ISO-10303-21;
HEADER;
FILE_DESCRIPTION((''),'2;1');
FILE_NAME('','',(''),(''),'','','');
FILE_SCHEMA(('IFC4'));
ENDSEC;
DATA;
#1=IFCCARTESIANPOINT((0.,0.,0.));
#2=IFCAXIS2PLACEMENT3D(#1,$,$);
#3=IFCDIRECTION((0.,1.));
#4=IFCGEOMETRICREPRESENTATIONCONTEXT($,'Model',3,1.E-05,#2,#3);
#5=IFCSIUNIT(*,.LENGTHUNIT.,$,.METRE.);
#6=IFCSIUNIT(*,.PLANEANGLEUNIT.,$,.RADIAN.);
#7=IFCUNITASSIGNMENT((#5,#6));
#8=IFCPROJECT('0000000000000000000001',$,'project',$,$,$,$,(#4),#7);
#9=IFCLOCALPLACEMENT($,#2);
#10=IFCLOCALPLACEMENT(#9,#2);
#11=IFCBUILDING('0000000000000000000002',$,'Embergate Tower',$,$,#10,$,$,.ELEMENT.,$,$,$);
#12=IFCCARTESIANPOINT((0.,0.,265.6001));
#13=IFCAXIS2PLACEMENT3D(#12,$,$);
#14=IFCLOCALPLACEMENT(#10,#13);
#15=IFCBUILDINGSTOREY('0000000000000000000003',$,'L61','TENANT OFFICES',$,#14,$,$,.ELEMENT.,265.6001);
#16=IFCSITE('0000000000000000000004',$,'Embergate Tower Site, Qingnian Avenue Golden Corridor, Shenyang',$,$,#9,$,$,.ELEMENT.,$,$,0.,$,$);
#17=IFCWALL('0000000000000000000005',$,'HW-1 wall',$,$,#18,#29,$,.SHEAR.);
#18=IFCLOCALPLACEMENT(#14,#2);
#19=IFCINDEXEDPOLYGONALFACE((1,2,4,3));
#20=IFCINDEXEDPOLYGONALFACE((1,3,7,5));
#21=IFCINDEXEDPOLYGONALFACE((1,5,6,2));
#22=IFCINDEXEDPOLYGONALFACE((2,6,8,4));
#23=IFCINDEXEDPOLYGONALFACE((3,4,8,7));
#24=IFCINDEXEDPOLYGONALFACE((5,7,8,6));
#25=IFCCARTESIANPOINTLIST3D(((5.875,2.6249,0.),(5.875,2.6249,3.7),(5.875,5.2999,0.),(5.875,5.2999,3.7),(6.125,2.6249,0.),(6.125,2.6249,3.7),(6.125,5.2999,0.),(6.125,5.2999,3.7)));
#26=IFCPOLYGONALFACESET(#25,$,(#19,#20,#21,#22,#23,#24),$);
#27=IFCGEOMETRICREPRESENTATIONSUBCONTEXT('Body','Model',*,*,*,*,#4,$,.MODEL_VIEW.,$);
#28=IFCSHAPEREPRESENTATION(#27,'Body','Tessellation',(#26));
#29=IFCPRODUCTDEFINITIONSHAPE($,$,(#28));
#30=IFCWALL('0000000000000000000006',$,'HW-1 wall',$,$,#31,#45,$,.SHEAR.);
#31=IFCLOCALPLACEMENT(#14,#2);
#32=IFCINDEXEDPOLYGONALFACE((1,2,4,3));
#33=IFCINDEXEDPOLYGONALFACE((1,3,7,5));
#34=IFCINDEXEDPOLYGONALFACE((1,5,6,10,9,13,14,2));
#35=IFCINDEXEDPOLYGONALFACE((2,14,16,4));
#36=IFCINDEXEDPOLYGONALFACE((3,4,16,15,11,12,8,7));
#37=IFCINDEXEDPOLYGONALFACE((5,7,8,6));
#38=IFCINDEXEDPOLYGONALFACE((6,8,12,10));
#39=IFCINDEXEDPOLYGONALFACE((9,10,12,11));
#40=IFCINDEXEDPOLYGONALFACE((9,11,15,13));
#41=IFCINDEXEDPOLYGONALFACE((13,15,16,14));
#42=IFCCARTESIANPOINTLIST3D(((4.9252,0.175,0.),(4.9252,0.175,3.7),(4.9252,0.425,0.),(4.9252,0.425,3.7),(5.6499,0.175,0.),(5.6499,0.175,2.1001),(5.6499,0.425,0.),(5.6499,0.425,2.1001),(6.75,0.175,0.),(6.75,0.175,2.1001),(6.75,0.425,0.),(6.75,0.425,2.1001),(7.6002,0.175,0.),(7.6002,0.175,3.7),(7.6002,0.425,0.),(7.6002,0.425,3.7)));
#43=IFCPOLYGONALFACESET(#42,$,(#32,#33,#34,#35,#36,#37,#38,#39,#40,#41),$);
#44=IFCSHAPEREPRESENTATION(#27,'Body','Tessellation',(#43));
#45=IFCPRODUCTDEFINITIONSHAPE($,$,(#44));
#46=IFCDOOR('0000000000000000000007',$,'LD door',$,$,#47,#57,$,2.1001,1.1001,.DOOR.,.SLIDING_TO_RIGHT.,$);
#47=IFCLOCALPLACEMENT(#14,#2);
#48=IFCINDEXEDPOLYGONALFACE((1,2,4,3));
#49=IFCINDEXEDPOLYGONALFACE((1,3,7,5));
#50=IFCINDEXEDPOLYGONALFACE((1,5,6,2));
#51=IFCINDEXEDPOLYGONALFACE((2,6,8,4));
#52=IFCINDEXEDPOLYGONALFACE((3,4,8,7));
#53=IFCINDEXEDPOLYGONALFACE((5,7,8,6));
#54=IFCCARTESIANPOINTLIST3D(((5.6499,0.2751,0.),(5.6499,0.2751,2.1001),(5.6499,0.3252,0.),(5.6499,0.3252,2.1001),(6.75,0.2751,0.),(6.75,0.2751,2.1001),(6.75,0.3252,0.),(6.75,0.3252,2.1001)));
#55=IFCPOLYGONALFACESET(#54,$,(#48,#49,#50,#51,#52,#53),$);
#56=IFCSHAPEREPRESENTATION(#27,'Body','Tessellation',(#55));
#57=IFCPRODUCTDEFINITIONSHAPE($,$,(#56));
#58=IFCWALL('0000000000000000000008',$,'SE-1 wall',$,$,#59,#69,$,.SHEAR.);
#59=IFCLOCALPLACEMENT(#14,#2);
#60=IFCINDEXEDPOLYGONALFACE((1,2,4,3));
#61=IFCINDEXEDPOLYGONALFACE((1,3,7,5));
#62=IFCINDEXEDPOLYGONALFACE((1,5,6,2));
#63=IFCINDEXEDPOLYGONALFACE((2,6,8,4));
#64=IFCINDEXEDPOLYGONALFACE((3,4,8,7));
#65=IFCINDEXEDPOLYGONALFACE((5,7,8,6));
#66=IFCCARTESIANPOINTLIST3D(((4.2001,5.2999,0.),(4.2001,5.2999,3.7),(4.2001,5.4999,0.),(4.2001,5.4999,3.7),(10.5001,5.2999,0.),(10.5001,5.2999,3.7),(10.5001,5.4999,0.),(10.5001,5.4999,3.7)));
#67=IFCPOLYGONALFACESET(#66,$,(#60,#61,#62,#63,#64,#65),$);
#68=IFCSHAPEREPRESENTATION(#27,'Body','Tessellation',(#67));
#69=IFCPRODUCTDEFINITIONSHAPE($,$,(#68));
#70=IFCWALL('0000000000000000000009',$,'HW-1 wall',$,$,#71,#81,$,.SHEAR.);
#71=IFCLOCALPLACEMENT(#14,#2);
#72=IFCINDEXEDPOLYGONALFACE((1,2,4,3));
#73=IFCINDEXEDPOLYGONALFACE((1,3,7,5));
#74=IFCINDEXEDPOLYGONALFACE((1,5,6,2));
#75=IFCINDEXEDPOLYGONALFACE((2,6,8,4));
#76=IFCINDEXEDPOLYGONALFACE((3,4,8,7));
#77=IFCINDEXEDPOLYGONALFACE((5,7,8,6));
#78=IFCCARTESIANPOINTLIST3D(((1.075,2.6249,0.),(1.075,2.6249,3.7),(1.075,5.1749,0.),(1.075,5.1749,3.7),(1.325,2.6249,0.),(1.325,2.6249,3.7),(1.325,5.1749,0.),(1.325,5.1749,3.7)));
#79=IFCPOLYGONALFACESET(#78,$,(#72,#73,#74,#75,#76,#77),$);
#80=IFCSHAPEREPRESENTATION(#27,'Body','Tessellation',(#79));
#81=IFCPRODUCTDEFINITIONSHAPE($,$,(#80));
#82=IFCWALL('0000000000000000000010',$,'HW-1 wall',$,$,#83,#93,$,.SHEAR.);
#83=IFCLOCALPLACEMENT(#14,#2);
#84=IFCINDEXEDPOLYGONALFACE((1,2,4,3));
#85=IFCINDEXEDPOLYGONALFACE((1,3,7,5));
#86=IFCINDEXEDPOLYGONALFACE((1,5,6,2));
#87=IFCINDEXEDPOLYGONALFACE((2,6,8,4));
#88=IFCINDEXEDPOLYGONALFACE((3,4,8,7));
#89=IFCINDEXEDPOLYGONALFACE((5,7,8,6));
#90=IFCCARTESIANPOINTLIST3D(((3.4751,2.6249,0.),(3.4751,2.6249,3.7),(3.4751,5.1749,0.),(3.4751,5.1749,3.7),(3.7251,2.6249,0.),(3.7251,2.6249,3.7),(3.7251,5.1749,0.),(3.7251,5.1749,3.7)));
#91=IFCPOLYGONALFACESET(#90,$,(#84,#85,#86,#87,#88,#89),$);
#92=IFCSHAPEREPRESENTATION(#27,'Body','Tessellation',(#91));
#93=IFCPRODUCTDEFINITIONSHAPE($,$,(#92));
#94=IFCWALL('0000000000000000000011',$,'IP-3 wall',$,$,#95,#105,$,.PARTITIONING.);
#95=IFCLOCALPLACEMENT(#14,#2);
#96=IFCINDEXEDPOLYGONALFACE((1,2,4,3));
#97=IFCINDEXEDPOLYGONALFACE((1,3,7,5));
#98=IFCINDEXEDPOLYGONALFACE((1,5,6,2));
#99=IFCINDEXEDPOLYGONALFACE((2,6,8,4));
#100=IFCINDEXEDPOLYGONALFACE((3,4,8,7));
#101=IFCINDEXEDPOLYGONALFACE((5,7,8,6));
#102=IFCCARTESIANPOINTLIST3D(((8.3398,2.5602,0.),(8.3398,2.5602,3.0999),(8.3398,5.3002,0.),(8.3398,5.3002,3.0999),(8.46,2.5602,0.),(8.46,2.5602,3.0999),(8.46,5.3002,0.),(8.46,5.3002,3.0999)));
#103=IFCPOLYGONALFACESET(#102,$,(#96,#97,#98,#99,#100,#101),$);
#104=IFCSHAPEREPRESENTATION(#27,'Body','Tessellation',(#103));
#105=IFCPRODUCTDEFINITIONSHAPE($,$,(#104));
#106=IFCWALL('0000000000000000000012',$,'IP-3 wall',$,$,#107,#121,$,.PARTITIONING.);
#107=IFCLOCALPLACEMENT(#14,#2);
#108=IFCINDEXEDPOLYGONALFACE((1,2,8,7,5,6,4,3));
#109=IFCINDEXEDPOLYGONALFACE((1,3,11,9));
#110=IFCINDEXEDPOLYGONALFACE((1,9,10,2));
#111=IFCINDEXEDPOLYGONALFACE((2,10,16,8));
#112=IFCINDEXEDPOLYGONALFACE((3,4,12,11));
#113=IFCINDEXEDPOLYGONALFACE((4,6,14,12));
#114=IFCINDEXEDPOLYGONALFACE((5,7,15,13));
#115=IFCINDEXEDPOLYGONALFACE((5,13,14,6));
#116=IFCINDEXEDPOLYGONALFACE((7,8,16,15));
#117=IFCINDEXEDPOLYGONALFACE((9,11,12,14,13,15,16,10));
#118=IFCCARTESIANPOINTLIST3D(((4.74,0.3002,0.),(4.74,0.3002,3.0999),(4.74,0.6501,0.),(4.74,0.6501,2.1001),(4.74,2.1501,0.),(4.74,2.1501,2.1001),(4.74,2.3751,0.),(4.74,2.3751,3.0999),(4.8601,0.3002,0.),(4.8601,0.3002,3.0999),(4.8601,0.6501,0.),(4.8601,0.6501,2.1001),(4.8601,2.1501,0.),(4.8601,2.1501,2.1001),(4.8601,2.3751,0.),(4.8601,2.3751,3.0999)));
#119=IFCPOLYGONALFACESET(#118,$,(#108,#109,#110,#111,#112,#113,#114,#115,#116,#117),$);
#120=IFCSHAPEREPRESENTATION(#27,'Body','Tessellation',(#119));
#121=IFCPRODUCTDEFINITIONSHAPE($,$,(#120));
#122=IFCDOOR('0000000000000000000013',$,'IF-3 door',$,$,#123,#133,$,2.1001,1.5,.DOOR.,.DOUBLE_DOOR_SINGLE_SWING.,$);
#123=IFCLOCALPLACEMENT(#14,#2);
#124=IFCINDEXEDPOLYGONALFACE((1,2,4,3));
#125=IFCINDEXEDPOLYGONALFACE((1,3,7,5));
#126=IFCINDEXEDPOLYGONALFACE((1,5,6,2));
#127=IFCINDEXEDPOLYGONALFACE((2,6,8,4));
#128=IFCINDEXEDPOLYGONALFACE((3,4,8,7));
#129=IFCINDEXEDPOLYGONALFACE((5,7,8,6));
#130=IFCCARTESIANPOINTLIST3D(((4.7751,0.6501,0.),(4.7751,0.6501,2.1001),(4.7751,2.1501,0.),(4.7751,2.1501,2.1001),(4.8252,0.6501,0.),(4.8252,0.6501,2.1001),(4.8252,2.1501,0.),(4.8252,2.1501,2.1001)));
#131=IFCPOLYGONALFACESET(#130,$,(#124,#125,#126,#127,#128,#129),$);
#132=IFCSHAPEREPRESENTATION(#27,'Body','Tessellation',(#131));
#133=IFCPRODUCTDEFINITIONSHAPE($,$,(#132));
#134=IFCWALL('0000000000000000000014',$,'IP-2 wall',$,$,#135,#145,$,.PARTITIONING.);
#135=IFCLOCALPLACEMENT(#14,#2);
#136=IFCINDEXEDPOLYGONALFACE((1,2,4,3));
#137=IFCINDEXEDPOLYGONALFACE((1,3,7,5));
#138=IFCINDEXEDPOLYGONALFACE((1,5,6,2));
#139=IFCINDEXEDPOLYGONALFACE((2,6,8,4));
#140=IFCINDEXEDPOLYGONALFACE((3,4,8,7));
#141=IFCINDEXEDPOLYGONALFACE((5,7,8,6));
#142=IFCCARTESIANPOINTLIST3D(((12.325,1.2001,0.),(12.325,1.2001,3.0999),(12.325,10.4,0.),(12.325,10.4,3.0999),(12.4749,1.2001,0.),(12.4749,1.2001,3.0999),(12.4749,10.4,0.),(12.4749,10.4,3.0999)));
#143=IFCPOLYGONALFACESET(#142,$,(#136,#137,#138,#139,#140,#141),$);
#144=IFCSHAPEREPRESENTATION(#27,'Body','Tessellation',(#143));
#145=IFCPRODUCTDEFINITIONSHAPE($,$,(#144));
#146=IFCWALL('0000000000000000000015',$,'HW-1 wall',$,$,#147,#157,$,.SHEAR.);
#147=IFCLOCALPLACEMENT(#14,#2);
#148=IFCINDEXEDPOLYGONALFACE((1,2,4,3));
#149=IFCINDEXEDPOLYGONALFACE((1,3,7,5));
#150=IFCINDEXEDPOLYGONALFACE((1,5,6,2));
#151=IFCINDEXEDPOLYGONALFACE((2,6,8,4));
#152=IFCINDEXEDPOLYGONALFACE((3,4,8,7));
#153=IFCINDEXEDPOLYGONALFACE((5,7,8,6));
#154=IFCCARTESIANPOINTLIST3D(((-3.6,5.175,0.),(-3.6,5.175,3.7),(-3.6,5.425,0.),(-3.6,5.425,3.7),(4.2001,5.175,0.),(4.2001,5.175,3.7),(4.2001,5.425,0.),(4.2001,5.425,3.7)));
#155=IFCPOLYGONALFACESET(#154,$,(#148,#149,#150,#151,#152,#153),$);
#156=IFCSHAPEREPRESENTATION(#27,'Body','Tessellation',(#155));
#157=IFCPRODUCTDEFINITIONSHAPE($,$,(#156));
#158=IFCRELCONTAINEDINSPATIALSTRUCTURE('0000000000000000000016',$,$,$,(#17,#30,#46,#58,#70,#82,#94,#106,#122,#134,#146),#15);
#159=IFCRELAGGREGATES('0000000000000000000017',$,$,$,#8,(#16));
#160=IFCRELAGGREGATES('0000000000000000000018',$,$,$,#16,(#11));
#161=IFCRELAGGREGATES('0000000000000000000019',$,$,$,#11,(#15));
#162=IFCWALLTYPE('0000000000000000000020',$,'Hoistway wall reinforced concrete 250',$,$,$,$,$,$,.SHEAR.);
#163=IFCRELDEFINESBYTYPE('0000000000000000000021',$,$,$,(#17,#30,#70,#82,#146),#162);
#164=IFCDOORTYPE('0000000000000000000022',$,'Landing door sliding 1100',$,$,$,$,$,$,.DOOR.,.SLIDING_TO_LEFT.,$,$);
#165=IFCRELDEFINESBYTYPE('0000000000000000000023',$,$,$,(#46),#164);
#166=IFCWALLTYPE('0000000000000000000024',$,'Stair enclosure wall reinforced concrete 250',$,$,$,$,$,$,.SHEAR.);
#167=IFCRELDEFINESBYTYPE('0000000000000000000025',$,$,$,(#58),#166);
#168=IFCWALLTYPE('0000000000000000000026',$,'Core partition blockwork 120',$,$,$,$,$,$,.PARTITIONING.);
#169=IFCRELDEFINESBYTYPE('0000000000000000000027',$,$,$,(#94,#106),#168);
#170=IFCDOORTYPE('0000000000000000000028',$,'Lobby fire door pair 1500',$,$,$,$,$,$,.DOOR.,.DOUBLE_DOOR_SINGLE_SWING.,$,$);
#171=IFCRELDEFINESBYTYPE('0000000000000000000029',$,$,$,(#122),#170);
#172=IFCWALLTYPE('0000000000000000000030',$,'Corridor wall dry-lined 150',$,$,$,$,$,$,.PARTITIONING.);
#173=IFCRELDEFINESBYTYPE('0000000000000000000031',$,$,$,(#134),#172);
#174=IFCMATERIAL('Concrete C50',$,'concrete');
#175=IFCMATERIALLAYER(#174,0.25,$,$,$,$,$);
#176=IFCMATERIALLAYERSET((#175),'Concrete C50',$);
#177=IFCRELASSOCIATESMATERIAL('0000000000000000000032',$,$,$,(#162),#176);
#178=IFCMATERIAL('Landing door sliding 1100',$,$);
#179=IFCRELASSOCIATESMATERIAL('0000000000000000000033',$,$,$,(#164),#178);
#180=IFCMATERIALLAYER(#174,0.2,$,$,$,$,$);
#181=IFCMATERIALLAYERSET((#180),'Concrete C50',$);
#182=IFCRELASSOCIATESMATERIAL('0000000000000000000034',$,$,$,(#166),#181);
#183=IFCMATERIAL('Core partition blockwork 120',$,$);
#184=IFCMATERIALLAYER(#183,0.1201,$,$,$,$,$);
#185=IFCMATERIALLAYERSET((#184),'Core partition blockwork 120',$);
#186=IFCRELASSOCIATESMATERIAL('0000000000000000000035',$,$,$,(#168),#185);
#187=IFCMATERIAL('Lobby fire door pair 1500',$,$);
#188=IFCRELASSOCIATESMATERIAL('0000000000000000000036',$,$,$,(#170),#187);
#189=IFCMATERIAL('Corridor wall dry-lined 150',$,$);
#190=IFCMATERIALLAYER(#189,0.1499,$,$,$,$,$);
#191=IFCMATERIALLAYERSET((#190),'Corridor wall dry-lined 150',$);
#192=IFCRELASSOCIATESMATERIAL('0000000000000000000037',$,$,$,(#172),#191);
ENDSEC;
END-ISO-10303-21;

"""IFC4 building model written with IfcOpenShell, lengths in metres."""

from ifc_helpers import new_model, si_unit, direction, frame, frame_2d, origin, place, context, subcontext, project, spatial, rectangle, extrude, source, transform, mapped, material, layer, layer_set, type_object, element, fill, save


model = new_model("IFC4")

# Units and contexts
model_context = context("Model", 3, precision=1e-05, world=origin(), true_north=direction((0.0, 1.0)))
body_context = subcontext(model_context, "Body", "Model", "MODEL_VIEW")
ifc_project = project(units=[si_unit("LENGTHUNIT", "METRE"), si_unit("PLANEANGLEUNIT", "RADIAN")], contexts=[model_context])

# Site, building, storey
site_placement = place(None, origin())
site = spatial("IfcSite", under=ifc_project, at=site_placement, Name="Embergate Tower Site, Qingnian Avenue Golden Corridor, Shenyang", CompositionType="ELEMENT", RefElevation=0.0)
building_placement = place(site_placement, origin())
building = spatial("IfcBuilding", under=site, at=building_placement, Name="Embergate Tower", CompositionType="ELEMENT")
storey_placement = place(building_placement, frame((0.0, 0.0, 265.6001)))
storey = spatial("IfcBuildingStorey", under=building, at=storey_placement, Name="L61", Description="TENANT OFFICES", CompositionType="ELEMENT", Elevation=265.6001)

# Wall
ifc_material_1 = material(Name="Concrete C50", Category="concrete")
ifc_layer_1 = layer(ifc_material_1, 0.25)
ifc_layer_set_1 = layer_set([ifc_layer_1], Name="Concrete C50")
wall_type_1 = type_object("IfcWallType", Name="Hoistway wall reinforced concrete 250", PredefinedType="SHEAR", material=ifc_layer_set_1)
shared_shape_1 = source(origin(), body_context, "Body", "SweptSolid", [
    extrude(rectangle(XDim=2.675, YDim=0.25, at=frame_2d((1.3374, 0.0))), origin(), (0.0, 0.0, 1.0), 3.7),
])
wall_1_placement = place(storey_placement, frame((6.0, 2.625, 0.0), z_axis=(0.0, 0.0, 1.0), x_axis=(0.0, 1.0, 0.0)))
element("IfcWall", 1, at=wall_1_placement, inside=storey, type_object=wall_type_1, Name="HW-1 wall", PredefinedType="SHEAR", context=body_context, shape_type="MappedRepresentation", body=[
    mapped(shared_shape_1, transform((0.0, 0.0, 0.0))),
])

# Wall, opening, door
wall_2_placement = place(storey_placement, frame((7.6001, 0.3, 0.0), z_axis=(0.0, 0.0, 1.0), x_axis=(-1.0, 0.0, 0.0)))
wall_2 = element("IfcWall", 2, at=wall_2_placement, inside=storey, type_object=wall_type_1, Name="HW-1 wall", PredefinedType="SHEAR", context=body_context, shape_type="MappedRepresentation", body=[
    mapped(shared_shape_1, transform((0.0, 0.0, 0.0))),
])
shared_shape_2 = source(origin(), body_context, "Body", "SweptSolid", [
    extrude(rectangle(XDim=1.1001, YDim=2.1001, at=frame_2d((0.55, 1.05))), frame((0.0, 0.135, 0.0), z_axis=(0.0, -1.0, 0.0), x_axis=(1.0, 0.0, 0.0)), (0.0, 0.0, 1.0), 0.27),
])
opening_1_placement = place(wall_2_placement, frame((0.8501, 0.0, 0.0)))
opening_1 = element("IfcOpeningElement", 3, at=opening_1_placement, cuts=wall_2, PredefinedType="OPENING", context=body_context, shape_type="MappedRepresentation", body=[
    mapped(shared_shape_2, transform((0.0, 0.0, 0.0))),
])
ifc_material_2 = material(Name="Landing door sliding 1100")
door_type_1 = type_object("IfcDoorType", Name="Landing door sliding 1100", OperationType="SLIDING_TO_LEFT", PredefinedType="DOOR", material=ifc_material_2)
shared_shape_3 = source(origin(), body_context, "Body", "SweptSolid", [
    extrude(rectangle(XDim=1.1001, YDim=2.1001, at=frame_2d((0.55, 1.05))), frame((0.0, 0.0249, 0.0), z_axis=(0.0, -1.0, 0.0), x_axis=(1.0, 0.0, 0.0)), (0.0, 0.0, 1.0), 0.05),
])
door_1_placement = place(opening_1_placement, origin())
door_1 = element("IfcDoor", 4, at=door_1_placement, inside=storey, type_object=door_type_1, Name="LD door", OperationType="SLIDING_TO_RIGHT", OverallHeight=2.1001, OverallWidth=1.1001, PredefinedType="DOOR", context=body_context, shape_type="MappedRepresentation", body=[
    mapped(shared_shape_3, transform((0.0, 0.0, 0.0))),
])
fill(opening_1, door_1)

# Walls
ifc_layer_2 = layer(ifc_material_1, 0.2)
ifc_layer_set_2 = layer_set([ifc_layer_2], Name="Concrete C50")
wall_type_2 = type_object("IfcWallType", Name="Stair enclosure wall reinforced concrete 250", PredefinedType="SHEAR", material=ifc_layer_set_2)
shared_shape_4 = source(origin(), body_context, "Body", "SweptSolid", [
    extrude(rectangle(XDim=6.3, YDim=0.2, at=frame_2d((3.1499, 0.0))), origin(), (0.0, 0.0, 1.0), 3.7),
])
wall_3_placement = place(storey_placement, frame((10.5, 5.3999, 0.0), z_axis=(0.0, 0.0, 1.0), x_axis=(-1.0, 0.0, 0.0)))
element("IfcWall", 5, at=wall_3_placement, inside=storey, type_object=wall_type_2, Name="SE-1 wall", PredefinedType="SHEAR", context=body_context, shape_type="MappedRepresentation", body=[
    mapped(shared_shape_4, transform((0.0, 0.0, 0.0))),
])
shared_shape_5 = source(origin(), body_context, "Body", "SweptSolid", [
    extrude(rectangle(XDim=2.55, YDim=0.25, at=frame_2d((1.2749, 0.0))), origin(), (0.0, 0.0, 1.0), 3.7),
])
for number, where, z_axis, x_axis, name in (
    (6, (1.2, 2.625, 0.0), (0.0, 0.0, 1.0), (0.0, 1.0, 0.0), "HW-1 wall"),
    (7, (3.6001, 2.625, 0.0), (0.0, 0.0, 1.0), (0.0, 1.0, 0.0), "HW-1 wall"),
):
    element("IfcWall", number, at=place(storey_placement, frame(where, z_axis=z_axis, x_axis=x_axis)), inside=storey, type_object=wall_type_1, Name=name, PredefinedType="SHEAR", context=body_context, shape_type="MappedRepresentation", body=[
        mapped(shared_shape_5, transform((0.0, 0.0, 0.0))),
    ])
ifc_material_3 = material(Name="Core partition blockwork 120")
ifc_layer_3 = layer(ifc_material_3, 0.1201)
ifc_layer_set_3 = layer_set([ifc_layer_3], Name="Core partition blockwork 120")
wall_type_3 = type_object("IfcWallType", Name="Core partition blockwork 120", PredefinedType="PARTITIONING", material=ifc_layer_set_3)
shared_shape_6 = source(origin(), body_context, "Body", "SweptSolid", [
    extrude(rectangle(XDim=2.74, YDim=0.1201, at=frame_2d((1.3701, 0.0))), origin(), (0.0, 0.0, 1.0), 3.0999),
])
wall_4_placement = place(storey_placement, frame((8.3999, 2.5601, 0.0), z_axis=(0.0, 0.0, 1.0), x_axis=(0.0, 1.0, 0.0)))
element("IfcWall", 8, at=wall_4_placement, inside=storey, type_object=wall_type_3, Name="IP-3 wall", PredefinedType="PARTITIONING", context=body_context, shape_type="MappedRepresentation", body=[
    mapped(shared_shape_6, transform((0.0, 0.0, 0.0))),
])

# Wall, opening, door
shared_shape_7 = source(origin(), body_context, "Body", "SweptSolid", [
    extrude(rectangle(XDim=2.075, YDim=0.1201, at=frame_2d((1.0376, 0.0))), origin(), (0.0, 0.0, 1.0), 3.0999),
])
wall_5_placement = place(storey_placement, frame((4.8, 0.3, 0.0), z_axis=(0.0, 0.0, 1.0), x_axis=(0.0, 1.0, 0.0)))
wall_5 = element("IfcWall", 9, at=wall_5_placement, inside=storey, type_object=wall_type_3, Name="IP-3 wall", PredefinedType="PARTITIONING", context=body_context, shape_type="MappedRepresentation", body=[
    mapped(shared_shape_7, transform((0.0, 0.0, 0.0))),
])
shared_shape_8 = source(origin(), body_context, "Body", "SweptSolid", [
    extrude(rectangle(XDim=1.5, YDim=2.1001, at=frame_2d((0.75, 1.05))), frame((0.0, 0.0701, 0.0), z_axis=(0.0, -1.0, 0.0), x_axis=(1.0, 0.0, 0.0)), (0.0, 0.0, 1.0), 0.1401),
])
opening_2_placement = place(wall_5_placement, frame((0.3501, 0.0, 0.0)))
opening_2 = element("IfcOpeningElement", 10, at=opening_2_placement, cuts=wall_5, PredefinedType="OPENING", context=body_context, shape_type="MappedRepresentation", body=[
    mapped(shared_shape_8, transform((0.0, 0.0, 0.0))),
])
ifc_material_4 = material(Name="Lobby fire door pair 1500")
door_type_2 = type_object("IfcDoorType", Name="Lobby fire door pair 1500", OperationType="DOUBLE_DOOR_SINGLE_SWING", PredefinedType="DOOR", material=ifc_material_4)
shared_shape_9 = source(origin(), body_context, "Body", "SweptSolid", [
    extrude(rectangle(XDim=1.5, YDim=2.1001, at=frame_2d((0.75, 1.05))), frame((0.0, 0.0249, 0.0), z_axis=(0.0, -1.0, 0.0), x_axis=(1.0, 0.0, 0.0)), (0.0, 0.0, 1.0), 0.05),
])
door_2_placement = place(opening_2_placement, origin())
door_2 = element("IfcDoor", 11, at=door_2_placement, inside=storey, type_object=door_type_2, Name="IF-3 door", OperationType="DOUBLE_DOOR_SINGLE_SWING", OverallHeight=2.1001, OverallWidth=1.5, PredefinedType="DOOR", context=body_context, shape_type="MappedRepresentation", body=[
    mapped(shared_shape_9, transform((0.0, 0.0, 0.0))),
])
fill(opening_2, door_2)

# Walls
ifc_material_5 = material(Name="Corridor wall dry-lined 150")
ifc_layer_4 = layer(ifc_material_5, 0.1499)
ifc_layer_set_4 = layer_set([ifc_layer_4], Name="Corridor wall dry-lined 150")
wall_type_4 = type_object("IfcWallType", Name="Corridor wall dry-lined 150", PredefinedType="PARTITIONING", material=ifc_layer_set_4)
shared_shape_10 = source(origin(), body_context, "Body", "SweptSolid", [
    extrude(rectangle(XDim=9.2, YDim=0.1499, at=frame_2d((4.6001, 0.0))), origin(), (0.0, 0.0, 1.0), 3.0999),
])
wall_6_placement = place(storey_placement, frame((12.3999, 1.2, 0.0), z_axis=(0.0, 0.0, 1.0), x_axis=(0.0, 1.0, 0.0)))
element("IfcWall", 12, at=wall_6_placement, inside=storey, type_object=wall_type_4, Name="IP-2 wall", PredefinedType="PARTITIONING", context=body_context, shape_type="MappedRepresentation", body=[
    mapped(shared_shape_10, transform((0.0, 0.0, 0.0))),
])
shared_shape_11 = source(origin(), body_context, "Body", "SweptSolid", [
    extrude(rectangle(XDim=7.8, YDim=0.25, at=frame_2d((3.8999, 0.0))), origin(), (0.0, 0.0, 1.0), 3.7),
])
wall_7_placement = place(storey_placement, frame((4.2, 5.3, 0.0), z_axis=(0.0, 0.0, 1.0), x_axis=(-1.0, 0.0, 0.0)))
element("IfcWall", 13, at=wall_7_placement, inside=storey, type_object=wall_type_1, Name="HW-1 wall", PredefinedType="SHEAR", context=body_context, shape_type="MappedRepresentation", body=[
    mapped(shared_shape_11, transform((0.0, 0.0, 0.0))),
])

save(model, "model.ifc")
